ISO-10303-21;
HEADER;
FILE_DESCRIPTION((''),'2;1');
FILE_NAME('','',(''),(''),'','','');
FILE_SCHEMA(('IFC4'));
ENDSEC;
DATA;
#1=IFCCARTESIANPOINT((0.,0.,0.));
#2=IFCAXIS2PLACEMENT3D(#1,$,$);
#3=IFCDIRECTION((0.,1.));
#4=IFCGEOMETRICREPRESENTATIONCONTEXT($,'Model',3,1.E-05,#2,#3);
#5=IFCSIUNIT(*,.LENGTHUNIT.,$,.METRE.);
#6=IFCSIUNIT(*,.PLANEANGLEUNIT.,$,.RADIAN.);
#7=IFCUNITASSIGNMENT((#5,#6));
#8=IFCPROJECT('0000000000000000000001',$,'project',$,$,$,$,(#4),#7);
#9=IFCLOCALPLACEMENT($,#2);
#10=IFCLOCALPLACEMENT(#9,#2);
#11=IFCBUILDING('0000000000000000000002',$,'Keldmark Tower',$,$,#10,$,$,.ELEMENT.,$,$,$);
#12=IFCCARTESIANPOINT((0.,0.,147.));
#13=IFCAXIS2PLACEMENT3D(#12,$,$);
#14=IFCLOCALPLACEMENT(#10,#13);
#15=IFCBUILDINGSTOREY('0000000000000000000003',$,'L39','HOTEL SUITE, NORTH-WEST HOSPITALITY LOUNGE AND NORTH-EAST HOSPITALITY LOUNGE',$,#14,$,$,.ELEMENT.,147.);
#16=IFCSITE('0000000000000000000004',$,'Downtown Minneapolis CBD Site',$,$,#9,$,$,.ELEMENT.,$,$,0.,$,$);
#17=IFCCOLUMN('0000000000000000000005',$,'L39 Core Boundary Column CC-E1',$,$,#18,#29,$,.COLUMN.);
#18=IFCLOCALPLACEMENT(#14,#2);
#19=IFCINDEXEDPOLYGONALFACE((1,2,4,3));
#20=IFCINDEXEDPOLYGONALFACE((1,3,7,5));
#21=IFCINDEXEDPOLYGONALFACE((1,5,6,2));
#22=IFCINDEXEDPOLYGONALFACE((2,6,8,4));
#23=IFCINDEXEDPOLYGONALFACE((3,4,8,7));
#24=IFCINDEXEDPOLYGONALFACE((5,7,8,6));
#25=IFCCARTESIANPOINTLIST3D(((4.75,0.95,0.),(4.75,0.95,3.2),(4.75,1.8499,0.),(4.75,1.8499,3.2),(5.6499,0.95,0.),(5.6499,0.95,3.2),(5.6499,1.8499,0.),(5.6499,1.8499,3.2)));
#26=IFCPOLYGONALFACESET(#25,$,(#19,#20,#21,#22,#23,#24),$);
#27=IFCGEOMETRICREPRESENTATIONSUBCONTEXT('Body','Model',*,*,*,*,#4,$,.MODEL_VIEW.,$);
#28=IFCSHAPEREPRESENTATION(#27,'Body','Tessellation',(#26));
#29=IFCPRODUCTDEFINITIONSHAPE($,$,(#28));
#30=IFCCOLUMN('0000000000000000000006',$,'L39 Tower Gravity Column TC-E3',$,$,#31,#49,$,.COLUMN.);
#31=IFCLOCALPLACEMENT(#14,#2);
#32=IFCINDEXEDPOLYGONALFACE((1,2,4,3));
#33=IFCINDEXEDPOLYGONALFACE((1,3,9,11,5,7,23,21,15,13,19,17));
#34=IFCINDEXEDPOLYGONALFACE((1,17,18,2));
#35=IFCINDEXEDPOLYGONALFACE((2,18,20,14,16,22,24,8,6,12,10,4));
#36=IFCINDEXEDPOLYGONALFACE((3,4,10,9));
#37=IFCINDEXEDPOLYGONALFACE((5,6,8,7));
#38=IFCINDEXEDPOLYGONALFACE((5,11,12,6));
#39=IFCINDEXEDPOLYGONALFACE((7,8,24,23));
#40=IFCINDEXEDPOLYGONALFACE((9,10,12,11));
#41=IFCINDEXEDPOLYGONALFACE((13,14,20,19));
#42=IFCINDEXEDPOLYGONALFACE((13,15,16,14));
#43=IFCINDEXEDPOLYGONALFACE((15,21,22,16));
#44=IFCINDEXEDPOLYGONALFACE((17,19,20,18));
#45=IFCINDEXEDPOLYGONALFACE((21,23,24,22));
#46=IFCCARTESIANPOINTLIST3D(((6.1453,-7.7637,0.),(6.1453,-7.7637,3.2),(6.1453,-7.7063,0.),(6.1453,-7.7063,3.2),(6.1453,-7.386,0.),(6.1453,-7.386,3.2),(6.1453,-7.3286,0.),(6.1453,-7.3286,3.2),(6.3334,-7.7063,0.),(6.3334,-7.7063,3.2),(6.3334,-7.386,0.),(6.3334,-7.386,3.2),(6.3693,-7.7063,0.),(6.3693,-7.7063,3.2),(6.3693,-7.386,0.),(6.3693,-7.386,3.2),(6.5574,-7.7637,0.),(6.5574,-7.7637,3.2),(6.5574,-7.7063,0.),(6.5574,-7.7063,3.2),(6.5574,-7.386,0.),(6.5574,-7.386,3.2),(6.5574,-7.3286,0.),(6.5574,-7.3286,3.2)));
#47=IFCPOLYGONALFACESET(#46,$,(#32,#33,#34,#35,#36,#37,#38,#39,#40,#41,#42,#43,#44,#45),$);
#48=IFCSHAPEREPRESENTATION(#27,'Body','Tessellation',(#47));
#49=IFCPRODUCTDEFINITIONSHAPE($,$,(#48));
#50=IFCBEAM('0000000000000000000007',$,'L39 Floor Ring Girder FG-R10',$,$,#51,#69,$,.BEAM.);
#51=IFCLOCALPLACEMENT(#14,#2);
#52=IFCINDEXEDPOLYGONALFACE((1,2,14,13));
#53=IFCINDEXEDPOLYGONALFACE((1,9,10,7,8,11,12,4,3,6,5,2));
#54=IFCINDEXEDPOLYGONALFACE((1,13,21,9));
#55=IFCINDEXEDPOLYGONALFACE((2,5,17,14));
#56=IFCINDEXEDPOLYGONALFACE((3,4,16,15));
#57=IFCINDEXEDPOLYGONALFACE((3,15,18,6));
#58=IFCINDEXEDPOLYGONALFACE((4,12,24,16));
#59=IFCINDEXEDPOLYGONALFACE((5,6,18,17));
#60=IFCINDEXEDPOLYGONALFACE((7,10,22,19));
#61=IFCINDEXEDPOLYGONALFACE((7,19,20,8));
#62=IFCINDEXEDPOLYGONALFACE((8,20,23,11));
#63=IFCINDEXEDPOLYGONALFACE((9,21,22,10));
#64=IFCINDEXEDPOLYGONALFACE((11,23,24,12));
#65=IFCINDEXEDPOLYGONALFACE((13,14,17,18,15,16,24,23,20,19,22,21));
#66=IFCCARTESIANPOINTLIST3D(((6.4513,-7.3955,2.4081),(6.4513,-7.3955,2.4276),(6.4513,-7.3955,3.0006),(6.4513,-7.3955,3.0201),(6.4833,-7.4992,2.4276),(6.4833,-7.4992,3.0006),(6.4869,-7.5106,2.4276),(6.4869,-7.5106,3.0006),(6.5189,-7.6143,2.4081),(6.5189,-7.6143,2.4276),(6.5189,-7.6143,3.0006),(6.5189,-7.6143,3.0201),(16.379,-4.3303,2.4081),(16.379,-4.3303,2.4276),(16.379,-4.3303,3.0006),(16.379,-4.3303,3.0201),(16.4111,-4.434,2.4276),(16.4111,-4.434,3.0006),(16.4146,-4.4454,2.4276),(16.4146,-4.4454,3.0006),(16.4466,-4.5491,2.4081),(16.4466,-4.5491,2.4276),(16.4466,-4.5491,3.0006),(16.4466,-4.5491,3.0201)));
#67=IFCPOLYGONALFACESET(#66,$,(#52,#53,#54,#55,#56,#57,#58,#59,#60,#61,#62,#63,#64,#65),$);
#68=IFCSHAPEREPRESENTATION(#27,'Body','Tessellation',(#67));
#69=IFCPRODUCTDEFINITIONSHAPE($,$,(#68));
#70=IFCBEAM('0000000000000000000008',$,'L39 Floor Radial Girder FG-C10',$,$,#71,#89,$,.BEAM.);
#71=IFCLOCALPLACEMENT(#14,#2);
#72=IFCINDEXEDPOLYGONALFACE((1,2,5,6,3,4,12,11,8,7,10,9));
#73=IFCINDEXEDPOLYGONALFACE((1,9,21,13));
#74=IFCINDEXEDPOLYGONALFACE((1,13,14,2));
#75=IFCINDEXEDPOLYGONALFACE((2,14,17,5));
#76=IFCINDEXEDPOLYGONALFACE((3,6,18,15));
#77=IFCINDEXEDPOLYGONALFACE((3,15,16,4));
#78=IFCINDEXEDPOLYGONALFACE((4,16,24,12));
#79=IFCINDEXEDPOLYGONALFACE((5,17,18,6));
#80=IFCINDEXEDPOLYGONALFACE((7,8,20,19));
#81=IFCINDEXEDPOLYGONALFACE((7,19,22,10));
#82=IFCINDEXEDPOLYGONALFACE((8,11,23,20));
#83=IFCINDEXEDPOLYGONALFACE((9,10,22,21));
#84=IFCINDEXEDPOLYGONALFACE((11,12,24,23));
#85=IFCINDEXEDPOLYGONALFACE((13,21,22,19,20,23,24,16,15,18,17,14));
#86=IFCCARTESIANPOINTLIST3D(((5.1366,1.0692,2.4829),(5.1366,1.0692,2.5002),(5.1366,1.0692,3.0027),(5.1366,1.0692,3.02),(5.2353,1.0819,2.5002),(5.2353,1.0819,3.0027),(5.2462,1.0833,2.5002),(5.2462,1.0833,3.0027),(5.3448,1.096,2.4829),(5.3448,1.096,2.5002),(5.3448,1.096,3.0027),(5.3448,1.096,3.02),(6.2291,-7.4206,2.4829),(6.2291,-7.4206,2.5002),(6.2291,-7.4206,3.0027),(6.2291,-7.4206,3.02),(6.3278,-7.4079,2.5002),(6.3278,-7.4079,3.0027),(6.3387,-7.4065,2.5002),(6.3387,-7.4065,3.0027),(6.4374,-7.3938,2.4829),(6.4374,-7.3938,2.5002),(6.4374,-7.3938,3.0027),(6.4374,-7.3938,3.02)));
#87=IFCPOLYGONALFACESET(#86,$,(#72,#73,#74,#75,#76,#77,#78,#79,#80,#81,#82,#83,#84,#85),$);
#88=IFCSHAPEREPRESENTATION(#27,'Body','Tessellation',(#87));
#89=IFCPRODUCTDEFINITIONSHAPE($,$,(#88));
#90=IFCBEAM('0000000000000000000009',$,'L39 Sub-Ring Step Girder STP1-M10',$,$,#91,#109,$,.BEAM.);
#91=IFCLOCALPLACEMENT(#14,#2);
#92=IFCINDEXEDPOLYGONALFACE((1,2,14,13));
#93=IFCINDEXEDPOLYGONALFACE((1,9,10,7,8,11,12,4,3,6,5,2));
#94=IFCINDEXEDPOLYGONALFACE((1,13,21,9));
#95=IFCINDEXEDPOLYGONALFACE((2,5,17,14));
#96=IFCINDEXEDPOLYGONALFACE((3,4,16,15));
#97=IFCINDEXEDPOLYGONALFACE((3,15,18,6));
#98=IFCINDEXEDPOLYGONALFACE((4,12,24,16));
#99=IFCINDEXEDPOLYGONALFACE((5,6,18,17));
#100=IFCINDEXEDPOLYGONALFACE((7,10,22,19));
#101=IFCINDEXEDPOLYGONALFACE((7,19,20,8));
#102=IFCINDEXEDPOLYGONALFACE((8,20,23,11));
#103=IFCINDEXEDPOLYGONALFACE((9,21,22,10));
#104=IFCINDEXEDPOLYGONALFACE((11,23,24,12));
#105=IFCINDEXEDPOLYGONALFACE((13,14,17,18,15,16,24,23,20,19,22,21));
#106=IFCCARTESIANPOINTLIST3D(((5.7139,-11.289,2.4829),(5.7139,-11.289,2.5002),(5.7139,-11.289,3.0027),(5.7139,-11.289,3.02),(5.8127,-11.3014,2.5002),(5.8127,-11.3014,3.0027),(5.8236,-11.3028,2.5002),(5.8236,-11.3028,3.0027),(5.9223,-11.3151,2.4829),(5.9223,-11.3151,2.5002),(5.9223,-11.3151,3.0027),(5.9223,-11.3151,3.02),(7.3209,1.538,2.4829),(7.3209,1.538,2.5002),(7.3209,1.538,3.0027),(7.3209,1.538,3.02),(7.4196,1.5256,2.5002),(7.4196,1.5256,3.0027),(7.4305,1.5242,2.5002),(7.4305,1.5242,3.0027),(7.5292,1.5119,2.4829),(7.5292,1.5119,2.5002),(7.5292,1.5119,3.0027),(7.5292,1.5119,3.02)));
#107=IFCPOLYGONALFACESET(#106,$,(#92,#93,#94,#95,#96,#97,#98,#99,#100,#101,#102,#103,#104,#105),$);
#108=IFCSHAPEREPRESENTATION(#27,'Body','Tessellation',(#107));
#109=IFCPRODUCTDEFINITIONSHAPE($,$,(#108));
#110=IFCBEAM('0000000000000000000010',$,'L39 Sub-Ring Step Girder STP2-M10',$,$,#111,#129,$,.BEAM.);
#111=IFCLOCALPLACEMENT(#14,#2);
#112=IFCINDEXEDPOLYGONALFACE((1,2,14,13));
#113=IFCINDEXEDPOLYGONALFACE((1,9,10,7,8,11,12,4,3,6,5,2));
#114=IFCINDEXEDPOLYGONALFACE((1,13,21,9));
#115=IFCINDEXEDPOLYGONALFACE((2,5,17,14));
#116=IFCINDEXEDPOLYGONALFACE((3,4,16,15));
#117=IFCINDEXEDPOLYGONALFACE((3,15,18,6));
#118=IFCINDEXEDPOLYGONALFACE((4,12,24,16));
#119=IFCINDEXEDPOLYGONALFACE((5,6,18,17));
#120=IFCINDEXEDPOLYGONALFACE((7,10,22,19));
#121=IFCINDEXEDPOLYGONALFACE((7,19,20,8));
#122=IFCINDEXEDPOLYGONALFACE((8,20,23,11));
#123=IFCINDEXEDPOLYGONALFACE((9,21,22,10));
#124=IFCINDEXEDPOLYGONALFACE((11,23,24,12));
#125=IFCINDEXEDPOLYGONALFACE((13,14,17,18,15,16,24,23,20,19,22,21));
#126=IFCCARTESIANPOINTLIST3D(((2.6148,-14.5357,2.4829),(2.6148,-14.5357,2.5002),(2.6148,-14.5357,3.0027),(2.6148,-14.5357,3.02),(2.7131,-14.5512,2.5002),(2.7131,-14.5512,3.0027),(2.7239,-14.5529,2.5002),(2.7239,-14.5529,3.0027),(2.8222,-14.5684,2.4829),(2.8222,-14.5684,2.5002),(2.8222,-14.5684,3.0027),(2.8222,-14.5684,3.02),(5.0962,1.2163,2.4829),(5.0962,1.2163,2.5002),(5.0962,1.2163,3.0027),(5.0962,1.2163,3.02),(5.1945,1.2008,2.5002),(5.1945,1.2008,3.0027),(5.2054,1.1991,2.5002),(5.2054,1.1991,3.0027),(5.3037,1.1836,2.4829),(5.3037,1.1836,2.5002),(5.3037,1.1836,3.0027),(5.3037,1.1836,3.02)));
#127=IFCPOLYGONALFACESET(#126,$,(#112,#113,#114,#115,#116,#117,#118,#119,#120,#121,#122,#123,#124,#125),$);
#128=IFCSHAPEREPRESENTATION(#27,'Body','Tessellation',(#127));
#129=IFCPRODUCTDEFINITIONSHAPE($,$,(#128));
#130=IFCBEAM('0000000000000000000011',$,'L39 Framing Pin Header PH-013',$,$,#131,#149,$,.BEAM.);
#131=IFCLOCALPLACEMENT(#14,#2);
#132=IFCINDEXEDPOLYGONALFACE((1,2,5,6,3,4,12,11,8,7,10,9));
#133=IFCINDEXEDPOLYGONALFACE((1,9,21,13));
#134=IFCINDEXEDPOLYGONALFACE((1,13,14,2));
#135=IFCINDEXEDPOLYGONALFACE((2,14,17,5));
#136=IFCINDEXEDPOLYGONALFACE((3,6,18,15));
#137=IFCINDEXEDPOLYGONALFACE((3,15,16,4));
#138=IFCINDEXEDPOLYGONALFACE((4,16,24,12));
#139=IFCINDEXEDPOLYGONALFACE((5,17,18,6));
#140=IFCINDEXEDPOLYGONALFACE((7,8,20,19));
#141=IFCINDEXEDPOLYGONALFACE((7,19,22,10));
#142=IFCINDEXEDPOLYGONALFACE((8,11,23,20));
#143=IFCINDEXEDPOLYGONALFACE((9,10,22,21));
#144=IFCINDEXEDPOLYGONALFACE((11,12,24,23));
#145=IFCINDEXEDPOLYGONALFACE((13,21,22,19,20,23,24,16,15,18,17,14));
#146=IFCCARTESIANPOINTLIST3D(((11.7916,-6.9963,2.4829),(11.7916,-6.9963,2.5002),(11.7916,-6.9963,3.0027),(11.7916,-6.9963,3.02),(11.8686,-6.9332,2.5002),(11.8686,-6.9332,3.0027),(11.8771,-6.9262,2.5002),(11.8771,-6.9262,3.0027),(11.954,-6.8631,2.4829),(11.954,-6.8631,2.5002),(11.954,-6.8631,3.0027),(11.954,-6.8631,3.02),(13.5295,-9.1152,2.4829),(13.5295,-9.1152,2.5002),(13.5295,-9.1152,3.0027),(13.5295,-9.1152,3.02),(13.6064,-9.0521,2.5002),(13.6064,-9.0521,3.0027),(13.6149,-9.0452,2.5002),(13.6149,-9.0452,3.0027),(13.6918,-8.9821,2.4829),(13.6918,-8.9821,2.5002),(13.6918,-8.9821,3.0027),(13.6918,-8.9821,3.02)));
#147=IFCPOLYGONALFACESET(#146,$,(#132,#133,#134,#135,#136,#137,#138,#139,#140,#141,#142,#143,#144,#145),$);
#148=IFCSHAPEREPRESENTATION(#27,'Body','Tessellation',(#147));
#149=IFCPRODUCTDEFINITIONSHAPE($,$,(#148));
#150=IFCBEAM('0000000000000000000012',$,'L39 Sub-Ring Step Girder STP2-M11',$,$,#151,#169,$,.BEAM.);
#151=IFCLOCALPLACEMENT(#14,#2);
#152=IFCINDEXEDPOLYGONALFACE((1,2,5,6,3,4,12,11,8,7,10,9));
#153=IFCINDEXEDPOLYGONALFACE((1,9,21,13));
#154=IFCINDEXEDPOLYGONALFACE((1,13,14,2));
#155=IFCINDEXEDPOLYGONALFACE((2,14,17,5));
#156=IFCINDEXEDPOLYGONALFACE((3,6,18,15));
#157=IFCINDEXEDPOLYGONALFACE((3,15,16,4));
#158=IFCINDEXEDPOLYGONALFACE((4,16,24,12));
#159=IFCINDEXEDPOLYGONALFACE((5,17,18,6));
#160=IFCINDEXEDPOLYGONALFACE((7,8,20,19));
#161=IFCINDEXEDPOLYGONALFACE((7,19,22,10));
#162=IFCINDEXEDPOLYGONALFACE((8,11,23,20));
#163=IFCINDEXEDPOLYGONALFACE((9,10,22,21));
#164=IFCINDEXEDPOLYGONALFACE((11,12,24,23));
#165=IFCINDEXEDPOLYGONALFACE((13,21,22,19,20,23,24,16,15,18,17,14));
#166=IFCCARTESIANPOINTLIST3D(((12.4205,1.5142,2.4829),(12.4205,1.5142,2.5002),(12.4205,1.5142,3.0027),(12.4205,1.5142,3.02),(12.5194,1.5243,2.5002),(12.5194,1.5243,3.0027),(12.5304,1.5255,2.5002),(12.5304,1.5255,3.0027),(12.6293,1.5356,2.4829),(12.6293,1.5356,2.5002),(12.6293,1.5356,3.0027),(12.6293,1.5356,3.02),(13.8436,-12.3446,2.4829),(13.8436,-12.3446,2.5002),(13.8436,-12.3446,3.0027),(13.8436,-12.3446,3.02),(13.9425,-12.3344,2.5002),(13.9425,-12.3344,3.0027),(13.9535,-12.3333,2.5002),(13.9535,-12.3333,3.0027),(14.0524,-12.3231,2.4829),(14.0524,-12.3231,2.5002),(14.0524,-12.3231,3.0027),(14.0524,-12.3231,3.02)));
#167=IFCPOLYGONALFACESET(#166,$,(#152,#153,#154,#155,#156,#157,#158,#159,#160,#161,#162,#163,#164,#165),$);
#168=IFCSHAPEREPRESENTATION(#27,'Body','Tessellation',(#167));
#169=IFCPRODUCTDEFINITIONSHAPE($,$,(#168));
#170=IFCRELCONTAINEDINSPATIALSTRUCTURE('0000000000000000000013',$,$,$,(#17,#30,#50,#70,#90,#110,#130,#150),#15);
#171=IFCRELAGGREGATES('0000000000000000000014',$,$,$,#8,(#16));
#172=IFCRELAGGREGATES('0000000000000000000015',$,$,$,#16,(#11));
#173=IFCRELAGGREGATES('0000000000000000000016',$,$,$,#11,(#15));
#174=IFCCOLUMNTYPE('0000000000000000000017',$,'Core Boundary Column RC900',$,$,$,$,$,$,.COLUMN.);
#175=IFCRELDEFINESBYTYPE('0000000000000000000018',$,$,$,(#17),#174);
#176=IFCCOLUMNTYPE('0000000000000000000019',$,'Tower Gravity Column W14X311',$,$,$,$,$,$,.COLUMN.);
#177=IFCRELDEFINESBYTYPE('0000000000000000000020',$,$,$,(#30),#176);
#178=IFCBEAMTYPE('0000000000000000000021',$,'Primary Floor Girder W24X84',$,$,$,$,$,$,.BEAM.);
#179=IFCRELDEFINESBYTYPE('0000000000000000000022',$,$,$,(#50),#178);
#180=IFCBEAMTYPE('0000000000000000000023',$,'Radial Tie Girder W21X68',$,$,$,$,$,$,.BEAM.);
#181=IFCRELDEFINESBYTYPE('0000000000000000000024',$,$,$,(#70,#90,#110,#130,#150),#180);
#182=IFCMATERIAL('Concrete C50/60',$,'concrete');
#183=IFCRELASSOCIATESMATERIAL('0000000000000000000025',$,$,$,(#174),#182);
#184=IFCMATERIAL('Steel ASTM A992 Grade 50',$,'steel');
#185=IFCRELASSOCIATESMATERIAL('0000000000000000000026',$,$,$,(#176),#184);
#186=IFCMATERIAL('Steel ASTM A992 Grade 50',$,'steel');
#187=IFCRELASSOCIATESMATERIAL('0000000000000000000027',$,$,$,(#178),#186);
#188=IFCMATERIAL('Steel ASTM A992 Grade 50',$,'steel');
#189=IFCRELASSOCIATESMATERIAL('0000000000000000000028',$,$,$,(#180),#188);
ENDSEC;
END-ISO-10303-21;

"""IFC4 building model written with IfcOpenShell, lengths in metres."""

from ifc_helpers import new_model, si_unit, direction, frame, origin, origin_2d, place, context, subcontext, project, spatial, rectangle, i_section, extrude, material, material_profile, profile_set, type_object, element, save


model = new_model("IFC4")

# Units and contexts
model_context = context("Model", 3, precision=1e-05, world=origin(), true_north=direction((0.0, 1.0)))
body_context = subcontext(model_context, "Body", "Model", "MODEL_VIEW")
ifc_project = project(units=[si_unit("LENGTHUNIT", "METRE"), si_unit("PLANEANGLEUNIT", "RADIAN")], contexts=[model_context])

# Site, building, storey
site_placement = place(None, origin())
site = spatial("IfcSite", under=ifc_project, at=site_placement, Name="Downtown Minneapolis CBD Site", CompositionType="ELEMENT", RefElevation=0.0)
building_placement = place(site_placement, origin())
building = spatial("IfcBuilding", under=site, at=building_placement, Name="Keldmark Tower", CompositionType="ELEMENT")
storey_placement = place(building_placement, frame((0.0, 0.0, 147.0)))
storey = spatial("IfcBuildingStorey", under=building, at=storey_placement, Name="L39", Description="HOTEL SUITE, NORTH-WEST HOSPITALITY LOUNGE AND NORTH-EAST HOSPITALITY LOUNGE", CompositionType="ELEMENT", Elevation=147.0)

# Columns
ifc_material_1 = material(Name="Concrete C50/60", Category="concrete")
ifc_material_profile_1 = material_profile(ifc_material_1, rectangle(XDim=0.8999, YDim=0.8999, at=origin_2d()), Name="RC900X900")
ifc_profile_set_1 = profile_set([ifc_material_profile_1], Name="Concrete C50/60")
column_type_1 = type_object("IfcColumnType", Name="Core Boundary Column RC900", PredefinedType="COLUMN", material=ifc_profile_set_1)
column_1_placement = place(storey_placement, frame((5.2, 1.3999, 0.0), z_axis=(0.0, 0.0, 1.0), x_axis=(1.0, 0.0, 0.0)))
element("IfcColumn", 1, at=column_1_placement, inside=storey, type_object=column_type_1, Name="L39 Core Boundary Column CC-E1", PredefinedType="COLUMN", context=body_context, shape_type="SweptSolid", body=[
    extrude(rectangle(XDim=0.8999, YDim=0.8999, at=origin_2d()), origin(), (0.0, 0.0, 1.0), 3.2),
])
ifc_material_2 = material(Name="Steel ASTM A992 Grade 50", Category="steel")
ifc_material_profile_2 = material_profile(ifc_material_2, i_section(OverallWidth=0.4121, OverallDepth=0.4351, WebThickness=0.0359, FlangeThickness=0.0574, at=origin_2d()), Name="W14X311")
ifc_profile_set_2 = profile_set([ifc_material_profile_2], Name="Steel ASTM A992 Grade 50")
column_type_2 = type_object("IfcColumnType", Name="Tower Gravity Column W14X311", PredefinedType="COLUMN", material=ifc_profile_set_2)
column_2_placement = place(storey_placement, frame((6.3513, -7.5461, 0.0), z_axis=(0.0, 0.0, 1.0), x_axis=(1.0, 0.0, 0.0)))
element("IfcColumn", 2, at=column_2_placement, inside=storey, type_object=column_type_2, Name="L39 Tower Gravity Column TC-E3", PredefinedType="COLUMN", context=body_context, shape_type="SweptSolid", body=[
    extrude(i_section(OverallWidth=0.4121, OverallDepth=0.4351, WebThickness=0.0359, FlangeThickness=0.0574, at=origin_2d()), origin(), (0.0, 0.0, 1.0), 3.2),
])

# Beams
ifc_material_3 = material(Name="Steel ASTM A992 Grade 50", Category="steel")
ifc_material_profile_3 = material_profile(ifc_material_3, i_section(OverallWidth=0.229, OverallDepth=0.6121, WebThickness=0.012, FlangeThickness=0.0195, at=origin_2d()), Name="W24X84")
ifc_profile_set_3 = profile_set([ifc_material_profile_3], Name="Steel ASTM A992 Grade 50")
beam_type_1 = type_object("IfcBeamType", Name="Primary Floor Girder W24X84", PredefinedType="BEAM", material=ifc_profile_set_3)
beam_1_placement = place(storey_placement, frame((6.4851, -7.5049, 2.7141), z_axis=(0.955495, 0.295009, 0.0), x_axis=(-0.295009, 0.955495, 0.0)))
element("IfcBeam", 3, at=beam_1_placement, inside=storey, type_object=beam_type_1, Name="L39 Floor Ring Girder FG-R10", PredefinedType="BEAM", context=body_context, shape_type="SweptSolid", body=[
    extrude(i_section(OverallWidth=0.229, OverallDepth=0.6121, WebThickness=0.012, FlangeThickness=0.0195, at=origin_2d()), origin(), (0.0, 0.0, 1.0), 10.3901),
])
ifc_material_4 = material(Name="Steel ASTM A992 Grade 50", Category="steel")
ifc_material_profile_4 = material_profile(ifc_material_4, i_section(OverallWidth=0.21, OverallDepth=0.5371, WebThickness=0.011, FlangeThickness=0.0173, at=origin_2d()), Name="W21X68")
ifc_profile_set_4 = profile_set([ifc_material_profile_4], Name="Steel ASTM A992 Grade 50")
beam_type_2 = type_object("IfcBeamType", Name="Radial Tie Girder W21X68", PredefinedType="BEAM", material=ifc_profile_set_4)
beam_2_placement = place(storey_placement, frame((6.3333, -7.4072, 2.7515), z_axis=(-0.127636, 0.991821, 0.0), x_axis=(-0.991821, -0.127636, 0.0)))
element("IfcBeam", 4, at=beam_2_placement, inside=storey, type_object=beam_type_2, Name="L39 Floor Radial Girder FG-C10", PredefinedType="BEAM", context=body_context, shape_type="SweptSolid", body=[
    extrude(i_section(OverallWidth=0.21, OverallDepth=0.5371, WebThickness=0.011, FlangeThickness=0.0173, at=origin_2d()), origin(), (0.0, 0.0, 1.0), 8.5598),
])
beam_3_placement = place(storey_placement, frame((7.425, 1.5249, 2.7515), z_axis=(-0.124307, -0.992244, 0.0), x_axis=(0.992244, -0.124307, 0.0)))
element("IfcBeam", 5, at=beam_3_placement, inside=storey, type_object=beam_type_2, Name="L39 Sub-Ring Step Girder STP1-M10", PredefinedType="BEAM", context=body_context, shape_type="SweptSolid", body=[
    extrude(i_section(OverallWidth=0.21, OverallDepth=0.5371, WebThickness=0.011, FlangeThickness=0.0173, at=origin_2d()), origin(), (0.0, 0.0, 1.0), 12.9272),
])
beam_4_placement = place(storey_placement, frame((5.2, 1.2, 2.7515), z_axis=(-0.155613, -0.987818, 0.0), x_axis=(0.987818, -0.155613, 0.0)))
element("IfcBeam", 6, at=beam_4_placement, inside=storey, type_object=beam_type_2, Name="L39 Sub-Ring Step Girder STP2-M10", PredefinedType="BEAM", context=body_context, shape_type="SweptSolid", body=[
    extrude(i_section(OverallWidth=0.21, OverallDepth=0.5371, WebThickness=0.011, FlangeThickness=0.0173, at=origin_2d()), origin(), (0.0, 0.0, 1.0), 15.9463),
])
beam_5_placement = place(storey_placement, frame((11.8728, -6.9297, 2.7515), z_axis=(0.634145, -0.773214, 0.0), x_axis=(0.773214, 0.634145, 0.0)))
element("IfcBeam", 7, at=beam_5_placement, inside=storey, type_object=beam_type_2, Name="L39 Framing Pin Header PH-013", PredefinedType="BEAM", context=body_context, shape_type="SweptSolid", body=[
    extrude(i_section(OverallWidth=0.21, OverallDepth=0.5371, WebThickness=0.011, FlangeThickness=0.0173, at=origin_2d()), origin(), (0.0, 0.0, 1.0), 2.7405),
])
beam_6_placement = place(storey_placement, frame((12.5249, 1.5249, 2.7515), z_axis=(0.102148, -0.994769, 0.0), x_axis=(0.994769, 0.102148, 0.0)))
element("IfcBeam", 8, at=beam_6_placement, inside=storey, type_object=beam_type_2, Name="L39 Sub-Ring Step Girder STP2-M11", PredefinedType="BEAM", context=body_context, shape_type="SweptSolid", body=[
    extrude(i_section(OverallWidth=0.21, OverallDepth=0.5371, WebThickness=0.011, FlangeThickness=0.0173, at=origin_2d()), origin(), (0.0, 0.0, 1.0), 13.9316),
])

save(model, "model.ifc")
